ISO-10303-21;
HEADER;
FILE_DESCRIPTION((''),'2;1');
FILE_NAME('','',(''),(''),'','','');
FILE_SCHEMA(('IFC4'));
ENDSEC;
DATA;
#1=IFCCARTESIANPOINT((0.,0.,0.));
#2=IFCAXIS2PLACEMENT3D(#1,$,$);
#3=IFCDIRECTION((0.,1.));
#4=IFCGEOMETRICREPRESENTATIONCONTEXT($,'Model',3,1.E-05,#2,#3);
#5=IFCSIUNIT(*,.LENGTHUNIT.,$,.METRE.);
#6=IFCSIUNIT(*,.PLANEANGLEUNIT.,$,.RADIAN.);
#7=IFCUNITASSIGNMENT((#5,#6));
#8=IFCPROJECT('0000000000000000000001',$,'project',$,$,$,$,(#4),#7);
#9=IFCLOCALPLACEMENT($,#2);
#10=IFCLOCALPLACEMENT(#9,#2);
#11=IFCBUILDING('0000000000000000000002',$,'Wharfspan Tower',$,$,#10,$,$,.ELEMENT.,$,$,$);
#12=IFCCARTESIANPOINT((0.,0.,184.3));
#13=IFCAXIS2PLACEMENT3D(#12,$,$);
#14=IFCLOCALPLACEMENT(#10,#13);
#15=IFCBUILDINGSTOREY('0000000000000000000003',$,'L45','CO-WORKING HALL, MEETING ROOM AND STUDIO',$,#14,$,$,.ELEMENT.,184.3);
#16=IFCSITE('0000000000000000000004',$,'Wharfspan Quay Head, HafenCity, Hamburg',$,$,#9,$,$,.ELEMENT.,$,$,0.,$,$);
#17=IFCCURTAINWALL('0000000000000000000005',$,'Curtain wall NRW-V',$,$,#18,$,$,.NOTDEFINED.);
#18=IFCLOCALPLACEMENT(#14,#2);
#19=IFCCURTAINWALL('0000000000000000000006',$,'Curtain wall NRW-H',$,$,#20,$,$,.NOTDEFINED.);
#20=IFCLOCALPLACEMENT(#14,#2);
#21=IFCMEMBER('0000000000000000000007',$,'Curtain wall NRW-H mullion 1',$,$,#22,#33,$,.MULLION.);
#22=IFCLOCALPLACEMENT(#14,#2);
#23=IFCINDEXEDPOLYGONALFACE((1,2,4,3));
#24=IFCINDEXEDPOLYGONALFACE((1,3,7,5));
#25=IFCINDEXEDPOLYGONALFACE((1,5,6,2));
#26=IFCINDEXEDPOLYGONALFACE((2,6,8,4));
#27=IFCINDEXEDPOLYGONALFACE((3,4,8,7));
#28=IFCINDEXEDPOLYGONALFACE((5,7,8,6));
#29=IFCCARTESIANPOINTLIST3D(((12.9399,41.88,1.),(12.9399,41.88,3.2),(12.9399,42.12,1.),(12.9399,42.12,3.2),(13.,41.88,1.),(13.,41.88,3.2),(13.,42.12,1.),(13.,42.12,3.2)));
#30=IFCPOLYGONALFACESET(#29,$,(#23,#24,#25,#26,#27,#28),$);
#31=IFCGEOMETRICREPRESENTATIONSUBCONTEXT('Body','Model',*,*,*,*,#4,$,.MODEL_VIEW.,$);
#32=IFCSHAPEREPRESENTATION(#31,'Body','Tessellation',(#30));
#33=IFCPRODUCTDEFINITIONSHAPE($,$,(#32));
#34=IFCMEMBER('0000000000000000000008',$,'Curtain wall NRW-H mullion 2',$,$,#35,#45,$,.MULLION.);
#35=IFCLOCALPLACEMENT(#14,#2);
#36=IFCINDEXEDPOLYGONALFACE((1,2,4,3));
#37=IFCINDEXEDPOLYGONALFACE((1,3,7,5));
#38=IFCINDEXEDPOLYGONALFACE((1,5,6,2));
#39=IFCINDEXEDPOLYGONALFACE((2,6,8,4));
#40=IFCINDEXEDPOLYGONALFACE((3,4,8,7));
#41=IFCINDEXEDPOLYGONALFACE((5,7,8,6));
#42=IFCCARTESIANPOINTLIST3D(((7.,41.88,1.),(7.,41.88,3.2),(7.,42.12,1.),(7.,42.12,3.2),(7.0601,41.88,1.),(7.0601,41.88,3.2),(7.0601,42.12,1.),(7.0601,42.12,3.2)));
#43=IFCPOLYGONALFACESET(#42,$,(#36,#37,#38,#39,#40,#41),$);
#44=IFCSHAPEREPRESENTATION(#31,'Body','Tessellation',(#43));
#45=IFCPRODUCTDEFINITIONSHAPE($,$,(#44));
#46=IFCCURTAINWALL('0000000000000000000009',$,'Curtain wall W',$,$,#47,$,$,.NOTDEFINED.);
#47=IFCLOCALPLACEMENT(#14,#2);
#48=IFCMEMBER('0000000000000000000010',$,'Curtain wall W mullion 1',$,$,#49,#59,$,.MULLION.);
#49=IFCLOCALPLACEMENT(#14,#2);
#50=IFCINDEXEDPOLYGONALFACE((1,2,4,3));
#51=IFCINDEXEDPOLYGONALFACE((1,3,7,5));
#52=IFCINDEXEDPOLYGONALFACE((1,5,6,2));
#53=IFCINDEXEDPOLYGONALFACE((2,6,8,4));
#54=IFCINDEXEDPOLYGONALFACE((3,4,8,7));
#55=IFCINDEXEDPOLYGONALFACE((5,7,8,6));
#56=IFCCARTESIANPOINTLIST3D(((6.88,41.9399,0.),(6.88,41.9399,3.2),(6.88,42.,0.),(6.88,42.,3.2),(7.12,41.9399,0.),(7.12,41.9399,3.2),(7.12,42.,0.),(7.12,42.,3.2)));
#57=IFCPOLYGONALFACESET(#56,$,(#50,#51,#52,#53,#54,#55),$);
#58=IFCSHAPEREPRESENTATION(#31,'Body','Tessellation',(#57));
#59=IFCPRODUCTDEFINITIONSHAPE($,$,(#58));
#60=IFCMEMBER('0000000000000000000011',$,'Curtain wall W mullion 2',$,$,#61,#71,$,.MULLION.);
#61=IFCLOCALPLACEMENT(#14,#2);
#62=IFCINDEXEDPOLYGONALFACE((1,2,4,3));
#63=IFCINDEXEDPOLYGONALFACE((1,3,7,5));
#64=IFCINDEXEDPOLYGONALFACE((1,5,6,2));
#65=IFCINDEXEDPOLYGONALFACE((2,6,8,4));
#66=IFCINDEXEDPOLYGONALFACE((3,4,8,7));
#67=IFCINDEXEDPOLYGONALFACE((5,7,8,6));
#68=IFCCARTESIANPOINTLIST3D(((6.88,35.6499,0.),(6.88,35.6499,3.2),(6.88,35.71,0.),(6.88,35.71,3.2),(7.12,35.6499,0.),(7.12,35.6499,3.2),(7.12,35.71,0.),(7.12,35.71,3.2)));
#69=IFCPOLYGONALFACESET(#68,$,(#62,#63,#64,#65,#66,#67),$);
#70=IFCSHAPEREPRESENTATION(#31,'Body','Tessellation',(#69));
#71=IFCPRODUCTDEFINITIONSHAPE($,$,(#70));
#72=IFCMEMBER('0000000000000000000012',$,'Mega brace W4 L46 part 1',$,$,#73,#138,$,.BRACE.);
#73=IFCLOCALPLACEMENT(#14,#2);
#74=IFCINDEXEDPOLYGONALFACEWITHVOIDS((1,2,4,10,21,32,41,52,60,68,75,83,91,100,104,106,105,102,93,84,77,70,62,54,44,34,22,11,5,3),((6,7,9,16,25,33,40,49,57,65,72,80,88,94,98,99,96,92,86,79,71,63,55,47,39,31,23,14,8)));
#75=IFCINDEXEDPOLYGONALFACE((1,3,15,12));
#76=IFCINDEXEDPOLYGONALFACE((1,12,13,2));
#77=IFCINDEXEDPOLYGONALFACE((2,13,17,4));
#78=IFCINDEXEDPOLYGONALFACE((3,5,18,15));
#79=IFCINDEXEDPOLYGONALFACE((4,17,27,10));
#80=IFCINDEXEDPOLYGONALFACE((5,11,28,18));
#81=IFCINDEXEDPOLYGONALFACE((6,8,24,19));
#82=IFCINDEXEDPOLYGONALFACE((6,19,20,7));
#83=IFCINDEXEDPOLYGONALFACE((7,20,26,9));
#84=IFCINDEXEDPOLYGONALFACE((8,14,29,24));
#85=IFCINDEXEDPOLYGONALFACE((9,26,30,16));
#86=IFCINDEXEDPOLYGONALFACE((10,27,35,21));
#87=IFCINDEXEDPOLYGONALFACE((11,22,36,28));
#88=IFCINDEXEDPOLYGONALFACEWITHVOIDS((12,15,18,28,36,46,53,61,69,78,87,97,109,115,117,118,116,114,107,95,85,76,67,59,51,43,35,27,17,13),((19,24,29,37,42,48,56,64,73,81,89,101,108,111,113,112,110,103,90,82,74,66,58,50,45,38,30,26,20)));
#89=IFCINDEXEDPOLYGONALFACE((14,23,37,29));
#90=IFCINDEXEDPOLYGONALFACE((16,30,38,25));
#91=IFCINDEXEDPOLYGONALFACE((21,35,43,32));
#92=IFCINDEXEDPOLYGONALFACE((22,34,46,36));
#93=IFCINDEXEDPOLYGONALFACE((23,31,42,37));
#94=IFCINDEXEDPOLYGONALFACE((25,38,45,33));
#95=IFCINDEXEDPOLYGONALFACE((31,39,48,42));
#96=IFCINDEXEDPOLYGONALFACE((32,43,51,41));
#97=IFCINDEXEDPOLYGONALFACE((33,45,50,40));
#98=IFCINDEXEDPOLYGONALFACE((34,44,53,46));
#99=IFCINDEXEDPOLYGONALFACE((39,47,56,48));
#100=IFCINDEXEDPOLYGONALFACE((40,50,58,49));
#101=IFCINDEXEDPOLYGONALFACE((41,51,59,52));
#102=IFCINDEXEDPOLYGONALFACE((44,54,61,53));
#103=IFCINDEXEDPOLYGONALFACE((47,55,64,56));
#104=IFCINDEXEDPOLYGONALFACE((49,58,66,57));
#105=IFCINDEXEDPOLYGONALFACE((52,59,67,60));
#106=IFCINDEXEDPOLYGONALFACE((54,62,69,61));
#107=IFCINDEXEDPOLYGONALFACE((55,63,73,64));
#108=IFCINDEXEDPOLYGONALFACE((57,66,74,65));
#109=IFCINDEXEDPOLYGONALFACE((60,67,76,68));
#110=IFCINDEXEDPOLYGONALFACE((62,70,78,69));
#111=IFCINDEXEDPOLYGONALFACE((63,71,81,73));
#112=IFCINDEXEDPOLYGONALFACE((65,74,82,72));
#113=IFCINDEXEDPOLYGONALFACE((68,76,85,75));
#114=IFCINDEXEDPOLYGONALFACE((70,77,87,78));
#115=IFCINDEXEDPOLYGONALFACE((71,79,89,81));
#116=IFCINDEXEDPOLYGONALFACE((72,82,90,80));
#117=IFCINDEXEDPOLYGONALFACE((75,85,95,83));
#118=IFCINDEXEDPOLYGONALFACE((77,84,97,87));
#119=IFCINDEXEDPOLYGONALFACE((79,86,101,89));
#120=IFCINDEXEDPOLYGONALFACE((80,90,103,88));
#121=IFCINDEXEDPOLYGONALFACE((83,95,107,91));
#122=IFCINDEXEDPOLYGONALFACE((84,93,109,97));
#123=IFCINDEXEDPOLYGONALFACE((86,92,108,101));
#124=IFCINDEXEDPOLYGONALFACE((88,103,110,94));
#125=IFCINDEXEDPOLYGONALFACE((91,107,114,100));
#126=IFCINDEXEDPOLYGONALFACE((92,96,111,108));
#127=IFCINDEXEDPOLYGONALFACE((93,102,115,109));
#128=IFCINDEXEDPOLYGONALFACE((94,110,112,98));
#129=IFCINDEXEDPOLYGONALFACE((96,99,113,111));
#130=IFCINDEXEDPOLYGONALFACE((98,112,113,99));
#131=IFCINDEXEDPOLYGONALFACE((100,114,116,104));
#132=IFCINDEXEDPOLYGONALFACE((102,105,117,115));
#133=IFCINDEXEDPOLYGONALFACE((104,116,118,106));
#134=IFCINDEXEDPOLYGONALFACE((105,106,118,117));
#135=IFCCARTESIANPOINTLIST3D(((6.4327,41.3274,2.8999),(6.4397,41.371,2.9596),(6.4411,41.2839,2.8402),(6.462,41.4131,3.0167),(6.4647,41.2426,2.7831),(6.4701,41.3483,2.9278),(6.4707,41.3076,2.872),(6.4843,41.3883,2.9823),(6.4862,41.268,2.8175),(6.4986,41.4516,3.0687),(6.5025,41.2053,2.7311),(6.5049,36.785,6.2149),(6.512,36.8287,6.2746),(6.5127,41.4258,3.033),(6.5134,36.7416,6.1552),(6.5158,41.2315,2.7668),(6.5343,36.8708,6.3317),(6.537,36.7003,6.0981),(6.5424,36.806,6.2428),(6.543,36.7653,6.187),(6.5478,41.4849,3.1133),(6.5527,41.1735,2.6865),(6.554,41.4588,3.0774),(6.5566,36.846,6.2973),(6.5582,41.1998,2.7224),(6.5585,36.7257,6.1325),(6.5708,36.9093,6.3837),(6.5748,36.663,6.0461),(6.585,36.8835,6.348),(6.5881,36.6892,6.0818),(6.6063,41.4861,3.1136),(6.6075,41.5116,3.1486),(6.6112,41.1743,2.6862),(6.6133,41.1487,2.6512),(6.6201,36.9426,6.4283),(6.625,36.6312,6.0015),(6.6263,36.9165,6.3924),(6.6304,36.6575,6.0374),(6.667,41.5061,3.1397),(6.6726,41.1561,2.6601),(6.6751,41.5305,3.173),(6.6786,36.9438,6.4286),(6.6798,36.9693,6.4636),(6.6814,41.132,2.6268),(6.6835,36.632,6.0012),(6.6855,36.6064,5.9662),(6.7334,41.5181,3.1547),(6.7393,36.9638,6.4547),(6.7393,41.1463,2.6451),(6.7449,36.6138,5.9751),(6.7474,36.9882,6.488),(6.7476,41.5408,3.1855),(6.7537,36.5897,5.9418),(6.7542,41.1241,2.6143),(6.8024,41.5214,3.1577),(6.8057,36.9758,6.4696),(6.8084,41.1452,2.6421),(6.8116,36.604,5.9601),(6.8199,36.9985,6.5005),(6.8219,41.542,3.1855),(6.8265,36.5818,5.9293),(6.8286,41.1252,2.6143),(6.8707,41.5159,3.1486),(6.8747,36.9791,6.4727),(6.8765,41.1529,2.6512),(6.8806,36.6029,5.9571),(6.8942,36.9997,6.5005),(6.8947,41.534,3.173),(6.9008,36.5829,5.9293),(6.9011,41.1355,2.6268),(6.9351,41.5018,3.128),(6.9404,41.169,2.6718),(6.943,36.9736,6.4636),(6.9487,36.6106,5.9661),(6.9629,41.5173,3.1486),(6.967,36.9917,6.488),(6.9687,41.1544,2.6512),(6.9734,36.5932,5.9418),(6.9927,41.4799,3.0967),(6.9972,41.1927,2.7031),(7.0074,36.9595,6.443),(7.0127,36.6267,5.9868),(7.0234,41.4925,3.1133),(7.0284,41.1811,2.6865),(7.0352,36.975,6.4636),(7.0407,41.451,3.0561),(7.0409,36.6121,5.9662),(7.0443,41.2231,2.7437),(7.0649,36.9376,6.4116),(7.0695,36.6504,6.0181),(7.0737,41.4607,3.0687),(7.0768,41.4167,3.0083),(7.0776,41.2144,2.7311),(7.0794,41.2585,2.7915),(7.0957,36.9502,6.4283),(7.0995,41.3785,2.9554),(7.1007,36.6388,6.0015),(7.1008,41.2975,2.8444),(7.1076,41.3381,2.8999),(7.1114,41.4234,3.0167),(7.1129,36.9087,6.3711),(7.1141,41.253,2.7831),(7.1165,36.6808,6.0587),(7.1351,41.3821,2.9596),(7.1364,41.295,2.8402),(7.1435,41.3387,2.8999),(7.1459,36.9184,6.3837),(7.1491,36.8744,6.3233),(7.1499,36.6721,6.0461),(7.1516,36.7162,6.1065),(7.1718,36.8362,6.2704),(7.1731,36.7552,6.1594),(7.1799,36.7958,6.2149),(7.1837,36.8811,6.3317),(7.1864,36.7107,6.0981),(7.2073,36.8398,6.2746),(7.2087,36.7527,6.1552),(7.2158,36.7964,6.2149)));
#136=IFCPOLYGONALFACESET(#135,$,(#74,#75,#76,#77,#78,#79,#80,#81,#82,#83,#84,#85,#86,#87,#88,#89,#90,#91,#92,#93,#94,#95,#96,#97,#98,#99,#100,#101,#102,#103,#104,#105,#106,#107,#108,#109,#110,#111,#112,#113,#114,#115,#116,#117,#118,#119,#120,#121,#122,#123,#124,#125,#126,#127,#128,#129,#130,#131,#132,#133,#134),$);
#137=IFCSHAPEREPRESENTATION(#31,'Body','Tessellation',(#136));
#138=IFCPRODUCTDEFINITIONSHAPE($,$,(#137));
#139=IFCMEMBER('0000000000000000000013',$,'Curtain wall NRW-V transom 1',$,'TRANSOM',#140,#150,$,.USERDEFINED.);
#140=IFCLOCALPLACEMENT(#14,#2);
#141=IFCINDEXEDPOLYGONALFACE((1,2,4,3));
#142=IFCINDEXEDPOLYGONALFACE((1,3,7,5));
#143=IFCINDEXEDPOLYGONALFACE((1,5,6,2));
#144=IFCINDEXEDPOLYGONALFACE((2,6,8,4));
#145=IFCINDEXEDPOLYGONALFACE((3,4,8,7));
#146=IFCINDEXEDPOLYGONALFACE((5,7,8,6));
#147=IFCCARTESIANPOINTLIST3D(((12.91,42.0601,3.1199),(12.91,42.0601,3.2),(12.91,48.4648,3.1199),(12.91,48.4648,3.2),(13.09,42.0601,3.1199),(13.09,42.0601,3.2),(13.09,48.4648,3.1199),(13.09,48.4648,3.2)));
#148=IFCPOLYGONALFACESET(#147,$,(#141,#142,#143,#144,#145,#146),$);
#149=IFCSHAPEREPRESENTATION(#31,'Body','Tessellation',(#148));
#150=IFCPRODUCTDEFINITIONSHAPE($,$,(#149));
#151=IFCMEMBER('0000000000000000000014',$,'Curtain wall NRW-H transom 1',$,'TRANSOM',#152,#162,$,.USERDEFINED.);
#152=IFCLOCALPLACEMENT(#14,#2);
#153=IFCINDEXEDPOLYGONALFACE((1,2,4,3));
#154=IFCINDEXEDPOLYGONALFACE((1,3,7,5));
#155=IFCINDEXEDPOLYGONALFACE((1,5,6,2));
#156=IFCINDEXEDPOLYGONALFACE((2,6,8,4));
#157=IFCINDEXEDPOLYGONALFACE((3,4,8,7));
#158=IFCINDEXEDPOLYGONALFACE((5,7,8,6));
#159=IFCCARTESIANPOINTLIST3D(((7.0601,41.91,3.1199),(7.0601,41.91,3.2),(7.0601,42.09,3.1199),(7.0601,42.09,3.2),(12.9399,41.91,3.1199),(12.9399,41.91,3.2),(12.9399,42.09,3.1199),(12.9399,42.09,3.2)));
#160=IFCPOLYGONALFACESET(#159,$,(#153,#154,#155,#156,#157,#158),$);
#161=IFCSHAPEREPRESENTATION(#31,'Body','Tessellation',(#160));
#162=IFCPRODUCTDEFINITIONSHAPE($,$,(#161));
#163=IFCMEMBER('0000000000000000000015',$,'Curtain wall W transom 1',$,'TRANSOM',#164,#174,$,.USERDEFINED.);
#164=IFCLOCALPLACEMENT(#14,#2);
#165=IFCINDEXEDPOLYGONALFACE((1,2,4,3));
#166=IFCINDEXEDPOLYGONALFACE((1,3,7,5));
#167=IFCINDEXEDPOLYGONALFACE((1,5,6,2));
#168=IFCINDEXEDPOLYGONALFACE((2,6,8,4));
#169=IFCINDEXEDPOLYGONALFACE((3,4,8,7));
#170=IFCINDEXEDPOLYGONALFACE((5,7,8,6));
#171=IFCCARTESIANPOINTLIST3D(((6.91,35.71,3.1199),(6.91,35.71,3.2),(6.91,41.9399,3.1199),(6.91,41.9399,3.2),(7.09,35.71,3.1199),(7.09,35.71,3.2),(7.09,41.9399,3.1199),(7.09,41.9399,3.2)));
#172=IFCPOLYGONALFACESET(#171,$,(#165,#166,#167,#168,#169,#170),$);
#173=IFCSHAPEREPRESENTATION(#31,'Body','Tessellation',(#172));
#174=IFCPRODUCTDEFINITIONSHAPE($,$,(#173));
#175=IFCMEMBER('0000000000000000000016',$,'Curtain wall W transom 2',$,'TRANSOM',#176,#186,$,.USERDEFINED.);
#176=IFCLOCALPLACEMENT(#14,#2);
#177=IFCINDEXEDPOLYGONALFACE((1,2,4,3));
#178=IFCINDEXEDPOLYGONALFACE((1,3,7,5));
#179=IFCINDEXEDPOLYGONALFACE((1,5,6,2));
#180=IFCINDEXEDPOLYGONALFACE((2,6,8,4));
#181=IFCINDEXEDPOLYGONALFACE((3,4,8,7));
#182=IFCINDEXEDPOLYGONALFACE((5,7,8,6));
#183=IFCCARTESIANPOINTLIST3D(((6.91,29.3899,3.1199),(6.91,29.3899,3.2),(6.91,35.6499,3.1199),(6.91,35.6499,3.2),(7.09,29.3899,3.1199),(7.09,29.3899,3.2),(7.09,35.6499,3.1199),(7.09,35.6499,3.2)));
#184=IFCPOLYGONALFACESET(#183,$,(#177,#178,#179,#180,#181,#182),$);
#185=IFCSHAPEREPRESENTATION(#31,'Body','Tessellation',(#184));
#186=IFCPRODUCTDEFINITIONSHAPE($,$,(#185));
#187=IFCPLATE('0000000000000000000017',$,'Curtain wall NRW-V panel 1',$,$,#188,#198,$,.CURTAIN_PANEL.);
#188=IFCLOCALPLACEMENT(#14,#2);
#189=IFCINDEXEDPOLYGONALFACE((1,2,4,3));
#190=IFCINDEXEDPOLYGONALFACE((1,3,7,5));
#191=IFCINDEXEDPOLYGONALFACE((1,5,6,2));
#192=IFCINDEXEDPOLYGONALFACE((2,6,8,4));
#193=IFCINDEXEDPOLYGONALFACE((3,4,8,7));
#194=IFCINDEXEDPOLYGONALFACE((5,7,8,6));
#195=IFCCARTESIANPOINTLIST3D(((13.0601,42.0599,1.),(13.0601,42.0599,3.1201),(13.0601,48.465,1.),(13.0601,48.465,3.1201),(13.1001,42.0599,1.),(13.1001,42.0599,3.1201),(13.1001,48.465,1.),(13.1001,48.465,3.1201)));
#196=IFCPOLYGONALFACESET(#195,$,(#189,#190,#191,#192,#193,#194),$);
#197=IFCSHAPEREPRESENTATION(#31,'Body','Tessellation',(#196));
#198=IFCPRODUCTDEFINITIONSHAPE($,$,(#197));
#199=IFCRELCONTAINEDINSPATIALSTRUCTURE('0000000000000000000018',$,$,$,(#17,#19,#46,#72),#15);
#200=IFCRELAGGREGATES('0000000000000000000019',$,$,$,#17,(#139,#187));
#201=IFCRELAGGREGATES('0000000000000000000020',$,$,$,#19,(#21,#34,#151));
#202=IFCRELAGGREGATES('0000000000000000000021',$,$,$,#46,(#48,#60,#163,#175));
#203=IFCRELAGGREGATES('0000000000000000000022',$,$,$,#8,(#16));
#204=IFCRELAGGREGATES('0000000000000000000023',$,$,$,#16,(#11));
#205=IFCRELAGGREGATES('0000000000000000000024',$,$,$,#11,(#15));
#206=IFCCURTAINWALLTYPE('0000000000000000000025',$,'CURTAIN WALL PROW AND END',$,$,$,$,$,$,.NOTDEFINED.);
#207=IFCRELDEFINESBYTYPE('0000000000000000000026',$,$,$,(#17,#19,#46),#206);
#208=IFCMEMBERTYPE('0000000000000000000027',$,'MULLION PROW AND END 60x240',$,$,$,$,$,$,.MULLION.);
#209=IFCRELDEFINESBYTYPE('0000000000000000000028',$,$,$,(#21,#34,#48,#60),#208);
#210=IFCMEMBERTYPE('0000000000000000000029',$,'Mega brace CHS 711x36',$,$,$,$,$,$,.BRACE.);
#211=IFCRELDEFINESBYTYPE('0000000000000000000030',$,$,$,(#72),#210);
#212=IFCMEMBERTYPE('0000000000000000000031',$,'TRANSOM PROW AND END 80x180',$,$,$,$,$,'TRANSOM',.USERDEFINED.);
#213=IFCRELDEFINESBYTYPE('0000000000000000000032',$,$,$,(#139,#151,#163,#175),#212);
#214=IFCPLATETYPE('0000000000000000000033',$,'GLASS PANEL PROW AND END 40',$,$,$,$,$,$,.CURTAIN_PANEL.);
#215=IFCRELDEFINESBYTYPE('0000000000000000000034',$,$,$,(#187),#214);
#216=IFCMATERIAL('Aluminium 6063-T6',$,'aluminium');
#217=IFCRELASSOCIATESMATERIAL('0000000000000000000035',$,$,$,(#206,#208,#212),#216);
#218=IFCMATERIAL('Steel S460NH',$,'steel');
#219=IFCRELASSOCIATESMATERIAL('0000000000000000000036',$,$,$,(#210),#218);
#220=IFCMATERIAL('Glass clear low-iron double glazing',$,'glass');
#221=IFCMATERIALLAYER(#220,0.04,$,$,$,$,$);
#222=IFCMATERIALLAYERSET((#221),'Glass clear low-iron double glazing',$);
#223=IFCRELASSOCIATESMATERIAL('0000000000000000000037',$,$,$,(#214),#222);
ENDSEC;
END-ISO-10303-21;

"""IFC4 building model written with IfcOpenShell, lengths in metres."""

from ifc_helpers import new_model, si_unit, direction, frame, origin, origin_2d, place, context, subcontext, project, spatial, rectangle, hollow_circle, extrude, material, layer, layer_set, material_profile, profile_set, type_object, element, aggregate, save


model = new_model("IFC4")

# Units and contexts
model_context = context("Model", 3, precision=1e-05, world=origin(), true_north=direction((0.0, 1.0)))
body_context = subcontext(model_context, "Body", "Model", "MODEL_VIEW")
ifc_project = project(units=[si_unit("LENGTHUNIT", "METRE"), si_unit("PLANEANGLEUNIT", "RADIAN")], contexts=[model_context])

# Site, building, storey
site_placement = place(None, origin())
site = spatial("IfcSite", under=ifc_project, at=site_placement, Name="Wharfspan Quay Head, HafenCity, Hamburg", CompositionType="ELEMENT", RefElevation=0.0)
building_placement = place(site_placement, origin())
building = spatial("IfcBuilding", under=site, at=building_placement, Name="Wharfspan Tower", CompositionType="ELEMENT")
storey_placement = place(building_placement, frame((0.0, 0.0, 184.3)))
storey = spatial("IfcBuildingStorey", under=building, at=storey_placement, Name="L45", Description="CO-WORKING HALL, MEETING ROOM AND STUDIO", CompositionType="ELEMENT", Elevation=184.3)

# Curtain walls, members
ifc_material_1 = material(Name="Aluminium 6063-T6", Category="aluminium")
curtain_wall_type = type_object("IfcCurtainWallType", Name="CURTAIN WALL PROW AND END", PredefinedType="NOTDEFINED", material=ifc_material_1)
curtain_wall_1_placement = place(storey_placement, origin())
curtain_wall_1 = element("IfcCurtainWall", 1, at=curtain_wall_1_placement, inside=storey, type_object=curtain_wall_type, Name="Curtain wall NRW-V", PredefinedType="NOTDEFINED")
ifc_material_profile_1 = material_profile(ifc_material_1, rectangle(XDim=0.24, YDim=0.0601, at=origin_2d()))
ifc_profile_set_1 = profile_set([ifc_material_profile_1], Name="Aluminium 6063-T6")
member_type_1 = type_object("IfcMemberType", Name="MULLION PROW AND END 60x240", PredefinedType="MULLION", material=ifc_profile_set_1)
curtain_wall_2_placement = place(storey_placement, origin())
curtain_wall_2 = element("IfcCurtainWall", 2, at=curtain_wall_2_placement, inside=storey, type_object=curtain_wall_type, Name="Curtain wall NRW-H", PredefinedType="NOTDEFINED")
member_1_placement = place(storey_placement, frame((12.97, 42.0, 1.0), z_axis=(0.0, 0.0, 1.0), x_axis=(0.0, -1.0, 0.0)))
member_1 = element("IfcMember", 3, at=member_1_placement, type_object=member_type_1, Name="Curtain wall NRW-H mullion 1", PredefinedType="MULLION", context=body_context, shape_type="SweptSolid", body=[
    extrude(rectangle(XDim=0.24, YDim=0.0601, at=origin_2d()), origin(), (0.0, 0.0, 1.0), 2.2),
])
member_2_placement = place(storey_placement, frame((7.03, 42.0, 1.0), z_axis=(0.0, 0.0, 1.0), x_axis=(0.0, -1.0, 0.0)))
member_2 = element("IfcMember", 4, at=member_2_placement, type_object=member_type_1, Name="Curtain wall NRW-H mullion 2", PredefinedType="MULLION", context=body_context, shape_type="SweptSolid", body=[
    extrude(rectangle(XDim=0.24, YDim=0.0601, at=origin_2d()), origin(), (0.0, 0.0, 1.0), 2.2),
])
curtain_wall_3_placement = place(storey_placement, origin())
curtain_wall_3 = element("IfcCurtainWall", 5, at=curtain_wall_3_placement, inside=storey, type_object=curtain_wall_type, Name="Curtain wall W", PredefinedType="NOTDEFINED")
member_3_placement = place(storey_placement, frame((7.0, 41.97, 0.0), z_axis=(0.0, 0.0, 1.0), x_axis=(1.0, 0.0, 0.0)))
member_3 = element("IfcMember", 6, at=member_3_placement, type_object=member_type_1, Name="Curtain wall W mullion 1", PredefinedType="MULLION", context=body_context, shape_type="SweptSolid", body=[
    extrude(rectangle(XDim=0.24, YDim=0.0601, at=origin_2d()), origin(), (0.0, 0.0, 1.0), 3.2),
])
member_4_placement = place(storey_placement, frame((7.0, 35.6799, 0.0), z_axis=(0.0, 0.0, 1.0), x_axis=(1.0, 0.0, 0.0)))
member_4 = element("IfcMember", 7, at=member_4_placement, type_object=member_type_1, Name="Curtain wall W mullion 2", PredefinedType="MULLION", context=body_context, shape_type="SweptSolid", body=[
    extrude(rectangle(XDim=0.24, YDim=0.0601, at=origin_2d()), origin(), (0.0, 0.0, 1.0), 3.2),
])

# Members
ifc_material_2 = material(Name="Steel S460NH", Category="steel")
ifc_material_profile_2 = material_profile(ifc_material_2, hollow_circle(Radius=0.3555, WallThickness=0.0359, at=origin_2d()))
ifc_profile_set_2 = profile_set([ifc_material_profile_2], Name="Steel S460NH")
member_type_2 = type_object("IfcMemberType", Name="Mega brace CHS 711x36", PredefinedType="BRACE", material=ifc_profile_set_2)
member_5_placement = place(storey_placement, frame((6.7881, 41.333, 2.8999), z_axis=(0.01285, -0.807696, 0.589459), x_axis=(0.999875, 0.015906, -0.000002)))
element("IfcMember", 8, at=member_5_placement, inside=storey, type_object=member_type_2, Name="Mega brace W4 L46 part 1", PredefinedType="BRACE", context=body_context, shape_type="SweptSolid", body=[
    extrude(hollow_circle(Radius=0.3555, WallThickness=0.0359, at=origin_2d()), origin(), (0.0, 0.0, 1.0), 5.6238),
])
ifc_material_profile_3 = material_profile(ifc_material_1, rectangle(XDim=0.1799, YDim=0.0801, at=origin_2d()))
ifc_profile_set_3 = profile_set([ifc_material_profile_3], Name="Aluminium 6063-T6")
member_type_3 = type_object("IfcMemberType", Name="TRANSOM PROW AND END 80x180", ElementType="TRANSOM", PredefinedType="USERDEFINED", material=ifc_profile_set_3)
member_6_placement = place(storey_placement, frame((13.0, 48.4648, 3.1599), z_axis=(0.0, -1.0, 0.0), x_axis=(1.0, 0.0, 0.0)))
member_6 = element("IfcMember", 9, at=member_6_placement, type_object=member_type_3, Name="Curtain wall NRW-V transom 1", ObjectType="TRANSOM", PredefinedType="USERDEFINED", context=body_context, shape_type="SweptSolid", body=[
    extrude(rectangle(XDim=0.1799, YDim=0.0801, at=origin_2d()), origin(), (0.0, 0.0, 1.0), 6.4048),
])
member_7_placement = place(storey_placement, frame((12.9399, 42.0, 3.1599), z_axis=(-1.0, 0.0, 0.0), x_axis=(0.0, -1.0, 0.0)))
member_7 = element("IfcMember", 10, at=member_7_placement, type_object=member_type_3, Name="Curtain wall NRW-H transom 1", ObjectType="TRANSOM", PredefinedType="USERDEFINED", context=body_context, shape_type="SweptSolid", body=[
    extrude(rectangle(XDim=0.1799, YDim=0.0801, at=origin_2d()), origin(), (0.0, 0.0, 1.0), 5.8799),
])
member_8_placement = place(storey_placement, frame((7.0, 41.9399, 3.1599), z_axis=(0.0, -1.0, 0.0), x_axis=(1.0, 0.0, 0.0)))
member_8 = element("IfcMember", 11, at=member_8_placement, type_object=member_type_3, Name="Curtain wall W transom 1", ObjectType="TRANSOM", PredefinedType="USERDEFINED", context=body_context, shape_type="SweptSolid", body=[
    extrude(rectangle(XDim=0.1799, YDim=0.0801, at=origin_2d()), origin(), (0.0, 0.0, 1.0), 6.23),
])
member_9_placement = place(storey_placement, frame((7.0, 35.6499, 3.1599), z_axis=(0.0, -1.0, 0.0), x_axis=(1.0, 0.0, 0.0)))
member_9 = element("IfcMember", 12, at=member_9_placement, type_object=member_type_3, Name="Curtain wall W transom 2", ObjectType="TRANSOM", PredefinedType="USERDEFINED", context=body_context, shape_type="SweptSolid", body=[
    extrude(rectangle(XDim=0.1799, YDim=0.0801, at=origin_2d()), origin(), (0.0, 0.0, 1.0), 6.26),
])

# Plate
ifc_material_3 = material(Name="Glass clear low-iron double glazing", Category="glass")
ifc_layer_1 = layer(ifc_material_3, 0.04)
ifc_layer_set_1 = layer_set([ifc_layer_1], Name="Glass clear low-iron double glazing")
plate_type_1 = type_object("IfcPlateType", Name="GLASS PANEL PROW AND END 40", PredefinedType="CURTAIN_PANEL", material=ifc_layer_set_1)
plate_1_placement = place(storey_placement, frame((13.0801, 45.2625, 1.0), z_axis=(0.0, 0.0, 1.0), x_axis=(0.0, -1.0, 0.0)))
plate_1 = element("IfcPlate", 13, at=plate_1_placement, type_object=plate_type_1, Name="Curtain wall NRW-V panel 1", PredefinedType="CURTAIN_PANEL", context=body_context, shape_type="SweptSolid", body=[
    extrude(rectangle(XDim=6.405, YDim=0.04, at=origin_2d()), origin(), (0.0, 0.0, 1.0), 2.1201),
])
aggregate(curtain_wall_1, [member_6, plate_1])
aggregate(curtain_wall_2, [member_1, member_2, member_7])
aggregate(curtain_wall_3, [member_3, member_4, member_8, member_9])

save(model, "model.ifc")
